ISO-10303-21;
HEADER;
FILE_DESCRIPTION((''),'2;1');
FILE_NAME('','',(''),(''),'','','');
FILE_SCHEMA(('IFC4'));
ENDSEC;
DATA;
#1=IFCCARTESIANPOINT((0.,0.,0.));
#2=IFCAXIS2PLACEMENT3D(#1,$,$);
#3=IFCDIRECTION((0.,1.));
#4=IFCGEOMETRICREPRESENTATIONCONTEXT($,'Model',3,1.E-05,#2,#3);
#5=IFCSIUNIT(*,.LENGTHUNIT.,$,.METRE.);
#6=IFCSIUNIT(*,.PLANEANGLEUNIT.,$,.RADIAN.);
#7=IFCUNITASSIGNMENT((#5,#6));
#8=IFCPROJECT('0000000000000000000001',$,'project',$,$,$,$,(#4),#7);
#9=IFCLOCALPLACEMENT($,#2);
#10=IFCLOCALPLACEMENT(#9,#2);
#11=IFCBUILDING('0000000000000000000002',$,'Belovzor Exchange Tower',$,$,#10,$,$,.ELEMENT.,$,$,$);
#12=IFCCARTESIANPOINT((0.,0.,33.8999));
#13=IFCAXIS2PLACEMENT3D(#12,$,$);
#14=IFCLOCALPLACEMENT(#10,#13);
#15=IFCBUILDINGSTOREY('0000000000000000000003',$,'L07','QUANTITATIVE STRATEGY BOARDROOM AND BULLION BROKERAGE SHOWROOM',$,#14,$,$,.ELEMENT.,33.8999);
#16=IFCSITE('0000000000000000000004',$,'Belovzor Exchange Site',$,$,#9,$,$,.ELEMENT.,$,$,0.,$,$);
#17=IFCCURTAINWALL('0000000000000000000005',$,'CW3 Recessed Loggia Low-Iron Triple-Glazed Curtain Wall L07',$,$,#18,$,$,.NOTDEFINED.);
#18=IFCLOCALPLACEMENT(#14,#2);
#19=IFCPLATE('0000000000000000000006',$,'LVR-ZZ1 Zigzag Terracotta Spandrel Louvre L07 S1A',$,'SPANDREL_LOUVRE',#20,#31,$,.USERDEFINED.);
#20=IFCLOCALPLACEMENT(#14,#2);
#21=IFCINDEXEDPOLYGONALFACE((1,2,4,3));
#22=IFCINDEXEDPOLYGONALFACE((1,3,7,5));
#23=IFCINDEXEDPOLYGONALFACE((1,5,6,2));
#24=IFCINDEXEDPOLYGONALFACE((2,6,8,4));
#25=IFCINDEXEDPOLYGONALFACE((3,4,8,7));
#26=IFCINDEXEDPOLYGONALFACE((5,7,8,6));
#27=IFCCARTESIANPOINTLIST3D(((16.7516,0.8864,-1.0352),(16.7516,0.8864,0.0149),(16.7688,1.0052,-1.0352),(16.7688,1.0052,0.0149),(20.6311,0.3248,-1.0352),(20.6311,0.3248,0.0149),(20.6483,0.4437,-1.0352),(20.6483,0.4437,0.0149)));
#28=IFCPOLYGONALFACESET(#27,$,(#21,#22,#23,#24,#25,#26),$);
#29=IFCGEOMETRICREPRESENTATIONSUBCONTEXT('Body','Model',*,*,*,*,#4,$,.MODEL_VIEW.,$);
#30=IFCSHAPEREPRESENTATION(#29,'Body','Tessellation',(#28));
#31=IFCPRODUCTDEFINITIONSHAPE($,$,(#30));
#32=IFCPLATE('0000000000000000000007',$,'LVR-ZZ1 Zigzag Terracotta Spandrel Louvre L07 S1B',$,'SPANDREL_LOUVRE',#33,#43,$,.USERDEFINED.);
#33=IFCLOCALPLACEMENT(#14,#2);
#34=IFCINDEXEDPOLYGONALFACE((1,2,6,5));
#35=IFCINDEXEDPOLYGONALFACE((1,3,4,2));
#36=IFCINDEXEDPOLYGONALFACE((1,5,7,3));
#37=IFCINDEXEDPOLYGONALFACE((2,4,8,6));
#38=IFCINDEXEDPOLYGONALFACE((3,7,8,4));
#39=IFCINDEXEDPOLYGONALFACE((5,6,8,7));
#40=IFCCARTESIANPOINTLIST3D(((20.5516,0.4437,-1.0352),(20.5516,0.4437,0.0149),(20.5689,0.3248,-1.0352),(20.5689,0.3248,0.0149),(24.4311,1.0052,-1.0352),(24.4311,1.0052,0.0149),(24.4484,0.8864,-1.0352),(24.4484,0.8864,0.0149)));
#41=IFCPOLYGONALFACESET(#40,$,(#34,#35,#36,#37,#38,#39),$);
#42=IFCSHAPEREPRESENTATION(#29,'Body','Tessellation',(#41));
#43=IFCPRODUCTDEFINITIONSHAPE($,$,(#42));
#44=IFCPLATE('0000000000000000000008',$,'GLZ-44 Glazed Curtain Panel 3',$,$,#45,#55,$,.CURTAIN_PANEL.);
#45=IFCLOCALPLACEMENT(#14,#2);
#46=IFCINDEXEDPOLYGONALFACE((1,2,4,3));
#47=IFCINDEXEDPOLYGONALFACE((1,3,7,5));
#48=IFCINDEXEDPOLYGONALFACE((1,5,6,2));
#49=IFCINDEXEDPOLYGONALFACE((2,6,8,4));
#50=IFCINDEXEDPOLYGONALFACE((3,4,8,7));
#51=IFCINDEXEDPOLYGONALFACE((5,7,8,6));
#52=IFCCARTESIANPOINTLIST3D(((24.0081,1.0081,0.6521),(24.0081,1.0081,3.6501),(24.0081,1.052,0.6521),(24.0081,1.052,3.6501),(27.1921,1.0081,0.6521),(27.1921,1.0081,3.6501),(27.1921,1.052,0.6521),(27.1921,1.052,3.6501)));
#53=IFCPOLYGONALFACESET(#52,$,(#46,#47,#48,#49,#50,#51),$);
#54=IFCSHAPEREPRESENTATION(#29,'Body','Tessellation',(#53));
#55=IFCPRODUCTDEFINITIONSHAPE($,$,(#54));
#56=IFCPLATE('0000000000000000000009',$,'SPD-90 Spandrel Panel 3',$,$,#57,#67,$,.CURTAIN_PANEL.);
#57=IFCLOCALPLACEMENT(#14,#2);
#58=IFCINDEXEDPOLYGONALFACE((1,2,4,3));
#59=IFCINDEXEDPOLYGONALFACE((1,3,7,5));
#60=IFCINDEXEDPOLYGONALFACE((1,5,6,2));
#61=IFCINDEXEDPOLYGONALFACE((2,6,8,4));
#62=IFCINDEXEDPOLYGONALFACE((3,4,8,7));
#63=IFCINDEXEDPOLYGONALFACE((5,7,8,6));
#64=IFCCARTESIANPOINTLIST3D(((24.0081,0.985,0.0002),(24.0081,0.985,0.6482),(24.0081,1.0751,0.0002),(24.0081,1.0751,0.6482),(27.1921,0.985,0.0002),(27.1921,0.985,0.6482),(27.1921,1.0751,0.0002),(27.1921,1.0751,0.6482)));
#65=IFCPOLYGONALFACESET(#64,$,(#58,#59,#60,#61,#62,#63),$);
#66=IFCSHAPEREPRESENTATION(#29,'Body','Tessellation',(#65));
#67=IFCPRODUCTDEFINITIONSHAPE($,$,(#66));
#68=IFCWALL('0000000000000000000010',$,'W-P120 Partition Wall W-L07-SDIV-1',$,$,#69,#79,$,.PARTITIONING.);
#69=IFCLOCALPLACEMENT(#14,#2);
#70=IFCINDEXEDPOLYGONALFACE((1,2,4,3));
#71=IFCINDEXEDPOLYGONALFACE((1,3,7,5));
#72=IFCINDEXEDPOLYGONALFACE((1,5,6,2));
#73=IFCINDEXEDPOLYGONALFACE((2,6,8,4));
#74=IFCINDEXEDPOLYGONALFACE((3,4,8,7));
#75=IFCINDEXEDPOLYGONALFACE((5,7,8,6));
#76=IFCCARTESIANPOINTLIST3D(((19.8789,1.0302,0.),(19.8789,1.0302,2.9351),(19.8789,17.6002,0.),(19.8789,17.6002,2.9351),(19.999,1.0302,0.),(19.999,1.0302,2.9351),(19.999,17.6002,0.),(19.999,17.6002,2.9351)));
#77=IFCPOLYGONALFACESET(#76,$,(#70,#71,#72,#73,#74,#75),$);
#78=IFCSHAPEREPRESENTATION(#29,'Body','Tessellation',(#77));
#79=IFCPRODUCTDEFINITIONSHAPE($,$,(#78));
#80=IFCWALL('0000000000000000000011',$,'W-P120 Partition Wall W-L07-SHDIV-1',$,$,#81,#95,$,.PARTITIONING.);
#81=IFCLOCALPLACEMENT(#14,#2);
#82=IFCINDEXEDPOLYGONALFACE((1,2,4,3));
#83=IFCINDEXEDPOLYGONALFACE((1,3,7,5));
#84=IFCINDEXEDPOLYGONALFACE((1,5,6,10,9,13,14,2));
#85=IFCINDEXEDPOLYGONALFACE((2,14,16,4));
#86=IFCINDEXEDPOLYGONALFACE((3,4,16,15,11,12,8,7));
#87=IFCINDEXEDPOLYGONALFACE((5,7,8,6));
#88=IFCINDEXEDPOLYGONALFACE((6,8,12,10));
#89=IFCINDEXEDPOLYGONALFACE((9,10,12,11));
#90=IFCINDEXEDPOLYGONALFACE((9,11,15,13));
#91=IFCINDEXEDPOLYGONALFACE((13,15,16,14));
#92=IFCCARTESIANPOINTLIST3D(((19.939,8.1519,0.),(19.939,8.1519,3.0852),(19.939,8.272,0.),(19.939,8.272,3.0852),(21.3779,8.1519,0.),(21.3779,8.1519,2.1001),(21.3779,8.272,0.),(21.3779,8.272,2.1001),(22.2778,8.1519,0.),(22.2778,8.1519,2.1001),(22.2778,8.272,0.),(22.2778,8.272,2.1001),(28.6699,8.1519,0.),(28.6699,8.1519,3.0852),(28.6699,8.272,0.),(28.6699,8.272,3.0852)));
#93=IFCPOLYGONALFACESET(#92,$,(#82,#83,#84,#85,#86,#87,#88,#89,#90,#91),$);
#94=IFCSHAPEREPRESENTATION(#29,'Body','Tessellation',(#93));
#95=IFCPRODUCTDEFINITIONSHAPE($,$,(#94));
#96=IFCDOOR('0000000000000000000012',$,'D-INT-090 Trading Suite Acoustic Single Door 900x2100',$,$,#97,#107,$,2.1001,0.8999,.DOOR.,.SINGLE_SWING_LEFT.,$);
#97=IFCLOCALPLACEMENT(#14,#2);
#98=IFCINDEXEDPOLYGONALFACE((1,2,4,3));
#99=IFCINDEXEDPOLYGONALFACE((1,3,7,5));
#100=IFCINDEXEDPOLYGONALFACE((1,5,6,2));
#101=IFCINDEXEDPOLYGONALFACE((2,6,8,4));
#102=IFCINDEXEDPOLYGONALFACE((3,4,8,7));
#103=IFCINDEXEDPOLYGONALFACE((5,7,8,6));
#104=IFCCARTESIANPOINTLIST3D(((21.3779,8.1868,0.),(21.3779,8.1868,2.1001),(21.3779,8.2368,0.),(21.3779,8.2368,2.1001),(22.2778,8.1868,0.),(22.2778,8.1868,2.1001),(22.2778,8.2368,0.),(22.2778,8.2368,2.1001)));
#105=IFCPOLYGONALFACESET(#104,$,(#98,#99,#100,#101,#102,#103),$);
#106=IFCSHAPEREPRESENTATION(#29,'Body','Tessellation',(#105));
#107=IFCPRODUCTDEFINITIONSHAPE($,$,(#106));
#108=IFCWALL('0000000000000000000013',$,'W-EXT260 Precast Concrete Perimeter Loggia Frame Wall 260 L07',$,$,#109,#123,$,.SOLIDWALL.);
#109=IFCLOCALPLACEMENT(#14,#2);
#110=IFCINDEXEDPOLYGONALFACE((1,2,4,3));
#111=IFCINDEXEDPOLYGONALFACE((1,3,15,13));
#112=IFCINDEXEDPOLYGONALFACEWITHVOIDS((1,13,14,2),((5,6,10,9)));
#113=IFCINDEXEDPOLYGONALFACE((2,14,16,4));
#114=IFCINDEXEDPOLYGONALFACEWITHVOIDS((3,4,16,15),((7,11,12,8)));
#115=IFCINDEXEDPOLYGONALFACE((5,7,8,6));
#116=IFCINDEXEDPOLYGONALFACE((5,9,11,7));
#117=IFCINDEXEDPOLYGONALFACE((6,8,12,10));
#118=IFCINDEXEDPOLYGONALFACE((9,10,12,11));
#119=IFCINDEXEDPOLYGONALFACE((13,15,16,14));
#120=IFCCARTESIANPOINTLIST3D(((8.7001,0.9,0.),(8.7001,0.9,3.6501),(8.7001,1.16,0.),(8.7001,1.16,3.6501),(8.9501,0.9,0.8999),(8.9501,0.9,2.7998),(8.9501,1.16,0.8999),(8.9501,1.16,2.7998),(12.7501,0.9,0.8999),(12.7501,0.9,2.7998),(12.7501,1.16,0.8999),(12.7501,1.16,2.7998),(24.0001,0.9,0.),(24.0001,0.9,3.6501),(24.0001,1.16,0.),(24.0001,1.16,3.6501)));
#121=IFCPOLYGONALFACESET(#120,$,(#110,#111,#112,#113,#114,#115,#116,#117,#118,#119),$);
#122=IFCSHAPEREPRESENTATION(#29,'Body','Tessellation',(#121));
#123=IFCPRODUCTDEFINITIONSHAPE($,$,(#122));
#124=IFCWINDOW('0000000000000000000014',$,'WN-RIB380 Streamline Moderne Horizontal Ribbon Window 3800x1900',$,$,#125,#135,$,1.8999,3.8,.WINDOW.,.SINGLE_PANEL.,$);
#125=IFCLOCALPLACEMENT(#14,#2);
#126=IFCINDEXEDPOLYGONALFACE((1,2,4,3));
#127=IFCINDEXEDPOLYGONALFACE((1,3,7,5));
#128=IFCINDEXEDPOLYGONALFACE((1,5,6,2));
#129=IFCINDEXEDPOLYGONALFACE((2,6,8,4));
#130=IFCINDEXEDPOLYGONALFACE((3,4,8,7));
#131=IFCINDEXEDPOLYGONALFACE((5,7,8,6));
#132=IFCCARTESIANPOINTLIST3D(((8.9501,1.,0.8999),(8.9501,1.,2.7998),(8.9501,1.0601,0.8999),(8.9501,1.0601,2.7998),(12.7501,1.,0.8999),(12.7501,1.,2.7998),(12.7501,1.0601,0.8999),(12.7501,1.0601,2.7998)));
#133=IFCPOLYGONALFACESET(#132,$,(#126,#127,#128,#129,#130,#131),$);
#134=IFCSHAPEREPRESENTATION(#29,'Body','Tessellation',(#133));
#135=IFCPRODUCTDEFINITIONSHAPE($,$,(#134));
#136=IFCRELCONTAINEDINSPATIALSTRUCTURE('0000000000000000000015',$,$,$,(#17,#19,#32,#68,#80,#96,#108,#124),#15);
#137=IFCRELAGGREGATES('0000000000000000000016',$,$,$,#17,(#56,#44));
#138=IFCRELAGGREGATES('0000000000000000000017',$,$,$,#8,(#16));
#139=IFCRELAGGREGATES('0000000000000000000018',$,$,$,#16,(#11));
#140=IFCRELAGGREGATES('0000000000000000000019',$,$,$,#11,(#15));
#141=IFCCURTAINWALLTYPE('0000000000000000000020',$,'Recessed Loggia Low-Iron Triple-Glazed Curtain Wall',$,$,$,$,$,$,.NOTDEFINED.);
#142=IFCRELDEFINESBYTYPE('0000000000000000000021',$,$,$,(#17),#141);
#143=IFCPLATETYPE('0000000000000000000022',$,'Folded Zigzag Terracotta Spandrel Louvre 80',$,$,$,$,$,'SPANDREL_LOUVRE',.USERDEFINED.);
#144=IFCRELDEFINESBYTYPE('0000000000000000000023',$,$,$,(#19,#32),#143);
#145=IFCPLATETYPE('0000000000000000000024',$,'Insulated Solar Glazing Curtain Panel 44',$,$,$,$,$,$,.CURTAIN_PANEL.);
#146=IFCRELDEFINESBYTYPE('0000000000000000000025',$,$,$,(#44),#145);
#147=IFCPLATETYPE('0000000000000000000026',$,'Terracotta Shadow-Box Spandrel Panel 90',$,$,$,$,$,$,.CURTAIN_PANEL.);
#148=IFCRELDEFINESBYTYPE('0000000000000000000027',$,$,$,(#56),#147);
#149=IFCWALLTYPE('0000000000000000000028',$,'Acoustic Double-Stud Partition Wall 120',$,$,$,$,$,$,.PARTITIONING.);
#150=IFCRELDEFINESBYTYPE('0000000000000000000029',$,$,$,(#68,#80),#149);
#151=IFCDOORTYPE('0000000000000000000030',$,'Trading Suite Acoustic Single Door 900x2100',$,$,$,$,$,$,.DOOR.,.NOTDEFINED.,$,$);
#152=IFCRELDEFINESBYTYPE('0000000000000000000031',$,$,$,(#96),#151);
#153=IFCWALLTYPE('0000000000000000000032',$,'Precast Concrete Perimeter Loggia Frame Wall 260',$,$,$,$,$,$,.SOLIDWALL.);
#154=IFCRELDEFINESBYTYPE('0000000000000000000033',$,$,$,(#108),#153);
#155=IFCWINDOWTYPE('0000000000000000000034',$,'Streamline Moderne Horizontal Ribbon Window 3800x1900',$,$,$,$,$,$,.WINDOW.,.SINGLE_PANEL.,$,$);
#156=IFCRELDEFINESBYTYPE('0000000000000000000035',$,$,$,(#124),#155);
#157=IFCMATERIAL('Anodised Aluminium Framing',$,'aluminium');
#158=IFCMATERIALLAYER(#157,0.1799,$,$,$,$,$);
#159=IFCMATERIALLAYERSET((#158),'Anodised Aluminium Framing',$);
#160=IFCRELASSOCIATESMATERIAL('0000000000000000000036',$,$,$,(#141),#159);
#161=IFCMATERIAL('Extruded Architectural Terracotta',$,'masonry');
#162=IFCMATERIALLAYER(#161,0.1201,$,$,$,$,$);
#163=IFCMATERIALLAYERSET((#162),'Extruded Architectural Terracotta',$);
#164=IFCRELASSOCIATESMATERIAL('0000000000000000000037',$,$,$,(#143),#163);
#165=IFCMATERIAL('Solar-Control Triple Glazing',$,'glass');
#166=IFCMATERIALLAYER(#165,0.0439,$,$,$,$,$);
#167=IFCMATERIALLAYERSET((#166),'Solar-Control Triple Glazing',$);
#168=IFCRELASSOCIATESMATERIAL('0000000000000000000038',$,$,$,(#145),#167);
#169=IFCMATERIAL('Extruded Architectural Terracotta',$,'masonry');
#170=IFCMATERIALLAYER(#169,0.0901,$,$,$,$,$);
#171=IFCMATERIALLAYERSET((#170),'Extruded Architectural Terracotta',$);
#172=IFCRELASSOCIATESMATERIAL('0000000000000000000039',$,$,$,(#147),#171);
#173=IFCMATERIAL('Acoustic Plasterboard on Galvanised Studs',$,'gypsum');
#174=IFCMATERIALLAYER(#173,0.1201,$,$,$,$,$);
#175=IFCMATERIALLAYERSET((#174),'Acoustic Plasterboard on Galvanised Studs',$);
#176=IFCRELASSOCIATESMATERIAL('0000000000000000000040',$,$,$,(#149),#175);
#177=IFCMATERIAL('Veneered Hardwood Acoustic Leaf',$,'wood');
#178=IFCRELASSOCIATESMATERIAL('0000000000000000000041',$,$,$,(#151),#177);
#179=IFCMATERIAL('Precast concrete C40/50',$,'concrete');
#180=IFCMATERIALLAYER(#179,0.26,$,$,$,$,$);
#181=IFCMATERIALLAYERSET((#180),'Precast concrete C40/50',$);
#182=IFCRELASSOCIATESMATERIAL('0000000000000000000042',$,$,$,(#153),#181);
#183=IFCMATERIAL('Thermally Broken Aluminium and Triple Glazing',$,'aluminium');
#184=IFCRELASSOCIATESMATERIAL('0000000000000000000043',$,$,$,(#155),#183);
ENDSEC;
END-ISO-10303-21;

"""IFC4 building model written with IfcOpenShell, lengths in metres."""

from ifc_helpers import new_model, si_unit, direction, frame, frame_2d, origin, origin_2d, place, context, subcontext, project, spatial, rectangle, extrude, material, layer, layer_set, type_object, element, fill, aggregate, save


model = new_model("IFC4")

# Units and contexts
model_context = context("Model", 3, precision=1e-05, world=origin(), true_north=direction((0.0, 1.0)))
body_context = subcontext(model_context, "Body", "Model", "MODEL_VIEW")
ifc_project = project(units=[si_unit("LENGTHUNIT", "METRE"), si_unit("PLANEANGLEUNIT", "RADIAN")], contexts=[model_context])

# Site, building, storey
site_placement = place(None, origin())
site = spatial("IfcSite", under=ifc_project, at=site_placement, Name="Belovzor Exchange Site", CompositionType="ELEMENT", RefElevation=0.0)
building_placement = place(site_placement, origin())
building = spatial("IfcBuilding", under=site, at=building_placement, Name="Belovzor Exchange Tower", CompositionType="ELEMENT")
storey_placement = place(building_placement, frame((0.0, 0.0, 33.8999)))
storey = spatial("IfcBuildingStorey", under=building, at=storey_placement, Name="L07", Description="QUANTITATIVE STRATEGY BOARDROOM AND BULLION BROKERAGE SHOWROOM", CompositionType="ELEMENT", Elevation=33.8999)

# Curtain wall
ifc_material_1 = material(Name="Anodised Aluminium Framing", Category="aluminium")
ifc_layer_1 = layer(ifc_material_1, 0.1799)
ifc_layer_set_1 = layer_set([ifc_layer_1], Name="Anodised Aluminium Framing")
curtain_wall_type = type_object("IfcCurtainWallType", Name="Recessed Loggia Low-Iron Triple-Glazed Curtain Wall", PredefinedType="NOTDEFINED", material=ifc_layer_set_1)
curtain_wall_placement = place(storey_placement, origin())
curtain_wall = element("IfcCurtainWall", 1, at=curtain_wall_placement, inside=storey, type_object=curtain_wall_type, Name="CW3 Recessed Loggia Low-Iron Triple-Glazed Curtain Wall L07", PredefinedType="NOTDEFINED")

# Plates
ifc_material_2 = material(Name="Extruded Architectural Terracotta", Category="masonry")
ifc_layer_2 = layer(ifc_material_2, 0.1201)
ifc_layer_set_2 = layer_set([ifc_layer_2], Name="Extruded Architectural Terracotta")
plate_type_1 = type_object("IfcPlateType", Name="Folded Zigzag Terracotta Spandrel Louvre 80", ElementType="SPANDREL_LOUVRE", PredefinedType="USERDEFINED", material=ifc_layer_set_2)
for number, where, z_axis, x_axis, name in (
    (2, (18.7, 0.665, -1.0352), (0.0, 0.0, 1.0), (0.989686, -0.143251, 0.0), "LVR-ZZ1 Zigzag Terracotta Spandrel Louvre L07 S1A"),
    (3, (22.5, 0.665, -1.0352), (0.0, 0.0, 1.0), (0.989686, 0.143251, 0.0), "LVR-ZZ1 Zigzag Terracotta Spandrel Louvre L07 S1B"),
):
    element("IfcPlate", number, at=place(storey_placement, frame(where, z_axis=z_axis, x_axis=x_axis)), inside=storey, type_object=plate_type_1, Name=name, ObjectType="SPANDREL_LOUVRE", PredefinedType="USERDEFINED", context=body_context, shape_type="SweptSolid", body=[
        extrude(rectangle(XDim=3.9199, YDim=0.1201, at=origin_2d()), origin(), (0.0, 0.0, 1.0), 1.05),
    ])

# Plates
ifc_material_3 = material(Name="Solar-Control Triple Glazing", Category="glass")
ifc_layer_3 = layer(ifc_material_3, 0.0439)
ifc_layer_set_3 = layer_set([ifc_layer_3], Name="Solar-Control Triple Glazing")
plate_type_2 = type_object("IfcPlateType", Name="Insulated Solar Glazing Curtain Panel 44", PredefinedType="CURTAIN_PANEL", material=ifc_layer_set_3)
plate_1_placement = place(storey_placement, frame((25.6001, 1.03, 0.6521), z_axis=(0.0, 0.0, 1.0), x_axis=(-1.0, 0.0, 0.0)))
plate_1 = element("IfcPlate", 4, at=plate_1_placement, type_object=plate_type_2, Name="GLZ-44 Glazed Curtain Panel 3", PredefinedType="CURTAIN_PANEL", context=body_context, shape_type="SweptSolid", body=[
    extrude(rectangle(XDim=3.1841, YDim=0.0439, at=origin_2d()), origin(), (0.0, 0.0, 1.0), 2.998),
])
ifc_material_4 = material(Name="Extruded Architectural Terracotta", Category="masonry")
ifc_layer_4 = layer(ifc_material_4, 0.0901)
ifc_layer_set_4 = layer_set([ifc_layer_4], Name="Extruded Architectural Terracotta")
plate_type_3 = type_object("IfcPlateType", Name="Terracotta Shadow-Box Spandrel Panel 90", PredefinedType="CURTAIN_PANEL", material=ifc_layer_set_4)
plate_2_placement = place(storey_placement, frame((25.6001, 1.03, 0.0002), z_axis=(0.0, 0.0, 1.0), x_axis=(-1.0, 0.0, 0.0)))
plate_2 = element("IfcPlate", 5, at=plate_2_placement, type_object=plate_type_3, Name="SPD-90 Spandrel Panel 3", PredefinedType="CURTAIN_PANEL", context=body_context, shape_type="SweptSolid", body=[
    extrude(rectangle(XDim=3.1841, YDim=0.0901, at=origin_2d()), origin(), (0.0, 0.0, 1.0), 0.6479),
])
aggregate(curtain_wall, [plate_2, plate_1])

# Wall
ifc_material_5 = material(Name="Acoustic Plasterboard on Galvanised Studs", Category="gypsum")
ifc_layer_5 = layer(ifc_material_5, 0.1201)
ifc_layer_set_5 = layer_set([ifc_layer_5], Name="Acoustic Plasterboard on Galvanised Studs")
wall_type_1 = type_object("IfcWallType", Name="Acoustic Double-Stud Partition Wall 120", PredefinedType="PARTITIONING", material=ifc_layer_set_5)
wall_1_placement = place(storey_placement, frame((19.939, 1.03, 0.0), z_axis=(0.0, 0.0, 1.0), x_axis=(0.0, 1.0, 0.0)))
element("IfcWall", 6, at=wall_1_placement, inside=storey, type_object=wall_type_1, Name="W-P120 Partition Wall W-L07-SDIV-1", PredefinedType="PARTITIONING", context=body_context, shape_type="SweptSolid", body=[
    extrude(rectangle(XDim=16.5701, YDim=0.1201, at=frame_2d((8.2852, 0.0))), origin(), (0.0, 0.0, 1.0), 2.9351),
])

# Wall, opening, door
wall_2_placement = place(storey_placement, frame((19.939, 8.2119, 0.0), z_axis=(0.0, 0.0, 1.0), x_axis=(1.0, 0.0, 0.0)))
wall_2 = element("IfcWall", 7, at=wall_2_placement, inside=storey, type_object=wall_type_1, Name="W-P120 Partition Wall W-L07-SHDIV-1", PredefinedType="PARTITIONING", context=body_context, shape_type="SweptSolid", body=[
    extrude(rectangle(XDim=8.731, YDim=0.1201, at=frame_2d((4.3655, 0.0))), origin(), (0.0, 0.0, 1.0), 3.0852),
])
opening_1_placement = place(wall_2_placement, frame((1.439, 0.0, 0.0)))
opening_1 = element("IfcOpeningElement", 8, at=opening_1_placement, cuts=wall_2, PredefinedType="OPENING", context=body_context, shape_type="SweptSolid", body=[
    extrude(rectangle(XDim=0.8999, YDim=2.1001, at=frame_2d((0.45, 1.05))), frame((0.0, 0.0701, 0.0), z_axis=(0.0, -1.0, 0.0), x_axis=(1.0, 0.0, 0.0)), (0.0, 0.0, 1.0), 0.1401),
])
ifc_material_6 = material(Name="Veneered Hardwood Acoustic Leaf", Category="wood")
door_type = type_object("IfcDoorType", Name="Trading Suite Acoustic Single Door 900x2100", OperationType="NOTDEFINED", PredefinedType="DOOR", material=ifc_material_6)
door_placement = place(opening_1_placement, origin())
door = element("IfcDoor", 9, at=door_placement, inside=storey, type_object=door_type, Name="D-INT-090 Trading Suite Acoustic Single Door 900x2100", OperationType="SINGLE_SWING_LEFT", OverallHeight=2.1001, OverallWidth=0.8999, PredefinedType="DOOR", context=body_context, shape_type="SweptSolid", body=[
    extrude(rectangle(XDim=0.8999, YDim=2.1001, at=frame_2d((0.45, 1.05))), frame((0.0, 0.0249, 0.0), z_axis=(0.0, -1.0, 0.0), x_axis=(1.0, 0.0, 0.0)), (0.0, 0.0, 1.0), 0.05),
])
fill(opening_1, door)

# Wall, opening, window
ifc_material_7 = material(Name="Precast concrete C40/50", Category="concrete")
ifc_layer_6 = layer(ifc_material_7, 0.26)
ifc_layer_set_6 = layer_set([ifc_layer_6], Name="Precast concrete C40/50")
wall_type_2 = type_object("IfcWallType", Name="Precast Concrete Perimeter Loggia Frame Wall 260", PredefinedType="SOLIDWALL", material=ifc_layer_set_6)
wall_3_placement = place(storey_placement, frame((24.0, 1.03, 0.0), z_axis=(0.0, 0.0, 1.0), x_axis=(-1.0, 0.0, 0.0)))
wall_3 = element("IfcWall", 10, at=wall_3_placement, inside=storey, type_object=wall_type_2, Name="W-EXT260 Precast Concrete Perimeter Loggia Frame Wall 260 L07", PredefinedType="SOLIDWALL", context=body_context, shape_type="SweptSolid", body=[
    extrude(rectangle(XDim=15.3, YDim=0.26, at=frame_2d((7.6499, 0.0))), origin(), (0.0, 0.0, 1.0), 3.6501),
])
opening_2_placement = place(wall_3_placement, frame((11.25, 0.0, 0.8999)))
opening_2 = element("IfcOpeningElement", 11, at=opening_2_placement, cuts=wall_3, PredefinedType="OPENING", context=body_context, shape_type="SweptSolid", body=[
    extrude(rectangle(XDim=3.8, YDim=1.8999, at=frame_2d((1.8999, 0.95))), frame((0.0, 0.1399, 0.0), z_axis=(0.0, -1.0, 0.0), x_axis=(1.0, 0.0, 0.0)), (0.0, 0.0, 1.0), 0.28),
])
ifc_material_8 = material(Name="Thermally Broken Aluminium and Triple Glazing", Category="aluminium")
window_type = type_object("IfcWindowType", Name="Streamline Moderne Horizontal Ribbon Window 3800x1900", PartitioningType="SINGLE_PANEL", PredefinedType="WINDOW", material=ifc_material_8)
window_placement = place(opening_2_placement, origin())
window = element("IfcWindow", 12, at=window_placement, inside=storey, type_object=window_type, Name="WN-RIB380 Streamline Moderne Horizontal Ribbon Window 3800x1900", OverallHeight=1.8999, OverallWidth=3.8, PartitioningType="SINGLE_PANEL", PredefinedType="WINDOW", context=body_context, shape_type="SweptSolid", body=[
    extrude(rectangle(XDim=3.8, YDim=1.8999, at=frame_2d((1.8999, 0.95))), frame((0.0, 0.03, 0.0), z_axis=(0.0, -1.0, 0.0), x_axis=(1.0, 0.0, 0.0)), (0.0, 0.0, 1.0), 0.0601),
])
fill(opening_2, window)

save(model, "model.ifc")
